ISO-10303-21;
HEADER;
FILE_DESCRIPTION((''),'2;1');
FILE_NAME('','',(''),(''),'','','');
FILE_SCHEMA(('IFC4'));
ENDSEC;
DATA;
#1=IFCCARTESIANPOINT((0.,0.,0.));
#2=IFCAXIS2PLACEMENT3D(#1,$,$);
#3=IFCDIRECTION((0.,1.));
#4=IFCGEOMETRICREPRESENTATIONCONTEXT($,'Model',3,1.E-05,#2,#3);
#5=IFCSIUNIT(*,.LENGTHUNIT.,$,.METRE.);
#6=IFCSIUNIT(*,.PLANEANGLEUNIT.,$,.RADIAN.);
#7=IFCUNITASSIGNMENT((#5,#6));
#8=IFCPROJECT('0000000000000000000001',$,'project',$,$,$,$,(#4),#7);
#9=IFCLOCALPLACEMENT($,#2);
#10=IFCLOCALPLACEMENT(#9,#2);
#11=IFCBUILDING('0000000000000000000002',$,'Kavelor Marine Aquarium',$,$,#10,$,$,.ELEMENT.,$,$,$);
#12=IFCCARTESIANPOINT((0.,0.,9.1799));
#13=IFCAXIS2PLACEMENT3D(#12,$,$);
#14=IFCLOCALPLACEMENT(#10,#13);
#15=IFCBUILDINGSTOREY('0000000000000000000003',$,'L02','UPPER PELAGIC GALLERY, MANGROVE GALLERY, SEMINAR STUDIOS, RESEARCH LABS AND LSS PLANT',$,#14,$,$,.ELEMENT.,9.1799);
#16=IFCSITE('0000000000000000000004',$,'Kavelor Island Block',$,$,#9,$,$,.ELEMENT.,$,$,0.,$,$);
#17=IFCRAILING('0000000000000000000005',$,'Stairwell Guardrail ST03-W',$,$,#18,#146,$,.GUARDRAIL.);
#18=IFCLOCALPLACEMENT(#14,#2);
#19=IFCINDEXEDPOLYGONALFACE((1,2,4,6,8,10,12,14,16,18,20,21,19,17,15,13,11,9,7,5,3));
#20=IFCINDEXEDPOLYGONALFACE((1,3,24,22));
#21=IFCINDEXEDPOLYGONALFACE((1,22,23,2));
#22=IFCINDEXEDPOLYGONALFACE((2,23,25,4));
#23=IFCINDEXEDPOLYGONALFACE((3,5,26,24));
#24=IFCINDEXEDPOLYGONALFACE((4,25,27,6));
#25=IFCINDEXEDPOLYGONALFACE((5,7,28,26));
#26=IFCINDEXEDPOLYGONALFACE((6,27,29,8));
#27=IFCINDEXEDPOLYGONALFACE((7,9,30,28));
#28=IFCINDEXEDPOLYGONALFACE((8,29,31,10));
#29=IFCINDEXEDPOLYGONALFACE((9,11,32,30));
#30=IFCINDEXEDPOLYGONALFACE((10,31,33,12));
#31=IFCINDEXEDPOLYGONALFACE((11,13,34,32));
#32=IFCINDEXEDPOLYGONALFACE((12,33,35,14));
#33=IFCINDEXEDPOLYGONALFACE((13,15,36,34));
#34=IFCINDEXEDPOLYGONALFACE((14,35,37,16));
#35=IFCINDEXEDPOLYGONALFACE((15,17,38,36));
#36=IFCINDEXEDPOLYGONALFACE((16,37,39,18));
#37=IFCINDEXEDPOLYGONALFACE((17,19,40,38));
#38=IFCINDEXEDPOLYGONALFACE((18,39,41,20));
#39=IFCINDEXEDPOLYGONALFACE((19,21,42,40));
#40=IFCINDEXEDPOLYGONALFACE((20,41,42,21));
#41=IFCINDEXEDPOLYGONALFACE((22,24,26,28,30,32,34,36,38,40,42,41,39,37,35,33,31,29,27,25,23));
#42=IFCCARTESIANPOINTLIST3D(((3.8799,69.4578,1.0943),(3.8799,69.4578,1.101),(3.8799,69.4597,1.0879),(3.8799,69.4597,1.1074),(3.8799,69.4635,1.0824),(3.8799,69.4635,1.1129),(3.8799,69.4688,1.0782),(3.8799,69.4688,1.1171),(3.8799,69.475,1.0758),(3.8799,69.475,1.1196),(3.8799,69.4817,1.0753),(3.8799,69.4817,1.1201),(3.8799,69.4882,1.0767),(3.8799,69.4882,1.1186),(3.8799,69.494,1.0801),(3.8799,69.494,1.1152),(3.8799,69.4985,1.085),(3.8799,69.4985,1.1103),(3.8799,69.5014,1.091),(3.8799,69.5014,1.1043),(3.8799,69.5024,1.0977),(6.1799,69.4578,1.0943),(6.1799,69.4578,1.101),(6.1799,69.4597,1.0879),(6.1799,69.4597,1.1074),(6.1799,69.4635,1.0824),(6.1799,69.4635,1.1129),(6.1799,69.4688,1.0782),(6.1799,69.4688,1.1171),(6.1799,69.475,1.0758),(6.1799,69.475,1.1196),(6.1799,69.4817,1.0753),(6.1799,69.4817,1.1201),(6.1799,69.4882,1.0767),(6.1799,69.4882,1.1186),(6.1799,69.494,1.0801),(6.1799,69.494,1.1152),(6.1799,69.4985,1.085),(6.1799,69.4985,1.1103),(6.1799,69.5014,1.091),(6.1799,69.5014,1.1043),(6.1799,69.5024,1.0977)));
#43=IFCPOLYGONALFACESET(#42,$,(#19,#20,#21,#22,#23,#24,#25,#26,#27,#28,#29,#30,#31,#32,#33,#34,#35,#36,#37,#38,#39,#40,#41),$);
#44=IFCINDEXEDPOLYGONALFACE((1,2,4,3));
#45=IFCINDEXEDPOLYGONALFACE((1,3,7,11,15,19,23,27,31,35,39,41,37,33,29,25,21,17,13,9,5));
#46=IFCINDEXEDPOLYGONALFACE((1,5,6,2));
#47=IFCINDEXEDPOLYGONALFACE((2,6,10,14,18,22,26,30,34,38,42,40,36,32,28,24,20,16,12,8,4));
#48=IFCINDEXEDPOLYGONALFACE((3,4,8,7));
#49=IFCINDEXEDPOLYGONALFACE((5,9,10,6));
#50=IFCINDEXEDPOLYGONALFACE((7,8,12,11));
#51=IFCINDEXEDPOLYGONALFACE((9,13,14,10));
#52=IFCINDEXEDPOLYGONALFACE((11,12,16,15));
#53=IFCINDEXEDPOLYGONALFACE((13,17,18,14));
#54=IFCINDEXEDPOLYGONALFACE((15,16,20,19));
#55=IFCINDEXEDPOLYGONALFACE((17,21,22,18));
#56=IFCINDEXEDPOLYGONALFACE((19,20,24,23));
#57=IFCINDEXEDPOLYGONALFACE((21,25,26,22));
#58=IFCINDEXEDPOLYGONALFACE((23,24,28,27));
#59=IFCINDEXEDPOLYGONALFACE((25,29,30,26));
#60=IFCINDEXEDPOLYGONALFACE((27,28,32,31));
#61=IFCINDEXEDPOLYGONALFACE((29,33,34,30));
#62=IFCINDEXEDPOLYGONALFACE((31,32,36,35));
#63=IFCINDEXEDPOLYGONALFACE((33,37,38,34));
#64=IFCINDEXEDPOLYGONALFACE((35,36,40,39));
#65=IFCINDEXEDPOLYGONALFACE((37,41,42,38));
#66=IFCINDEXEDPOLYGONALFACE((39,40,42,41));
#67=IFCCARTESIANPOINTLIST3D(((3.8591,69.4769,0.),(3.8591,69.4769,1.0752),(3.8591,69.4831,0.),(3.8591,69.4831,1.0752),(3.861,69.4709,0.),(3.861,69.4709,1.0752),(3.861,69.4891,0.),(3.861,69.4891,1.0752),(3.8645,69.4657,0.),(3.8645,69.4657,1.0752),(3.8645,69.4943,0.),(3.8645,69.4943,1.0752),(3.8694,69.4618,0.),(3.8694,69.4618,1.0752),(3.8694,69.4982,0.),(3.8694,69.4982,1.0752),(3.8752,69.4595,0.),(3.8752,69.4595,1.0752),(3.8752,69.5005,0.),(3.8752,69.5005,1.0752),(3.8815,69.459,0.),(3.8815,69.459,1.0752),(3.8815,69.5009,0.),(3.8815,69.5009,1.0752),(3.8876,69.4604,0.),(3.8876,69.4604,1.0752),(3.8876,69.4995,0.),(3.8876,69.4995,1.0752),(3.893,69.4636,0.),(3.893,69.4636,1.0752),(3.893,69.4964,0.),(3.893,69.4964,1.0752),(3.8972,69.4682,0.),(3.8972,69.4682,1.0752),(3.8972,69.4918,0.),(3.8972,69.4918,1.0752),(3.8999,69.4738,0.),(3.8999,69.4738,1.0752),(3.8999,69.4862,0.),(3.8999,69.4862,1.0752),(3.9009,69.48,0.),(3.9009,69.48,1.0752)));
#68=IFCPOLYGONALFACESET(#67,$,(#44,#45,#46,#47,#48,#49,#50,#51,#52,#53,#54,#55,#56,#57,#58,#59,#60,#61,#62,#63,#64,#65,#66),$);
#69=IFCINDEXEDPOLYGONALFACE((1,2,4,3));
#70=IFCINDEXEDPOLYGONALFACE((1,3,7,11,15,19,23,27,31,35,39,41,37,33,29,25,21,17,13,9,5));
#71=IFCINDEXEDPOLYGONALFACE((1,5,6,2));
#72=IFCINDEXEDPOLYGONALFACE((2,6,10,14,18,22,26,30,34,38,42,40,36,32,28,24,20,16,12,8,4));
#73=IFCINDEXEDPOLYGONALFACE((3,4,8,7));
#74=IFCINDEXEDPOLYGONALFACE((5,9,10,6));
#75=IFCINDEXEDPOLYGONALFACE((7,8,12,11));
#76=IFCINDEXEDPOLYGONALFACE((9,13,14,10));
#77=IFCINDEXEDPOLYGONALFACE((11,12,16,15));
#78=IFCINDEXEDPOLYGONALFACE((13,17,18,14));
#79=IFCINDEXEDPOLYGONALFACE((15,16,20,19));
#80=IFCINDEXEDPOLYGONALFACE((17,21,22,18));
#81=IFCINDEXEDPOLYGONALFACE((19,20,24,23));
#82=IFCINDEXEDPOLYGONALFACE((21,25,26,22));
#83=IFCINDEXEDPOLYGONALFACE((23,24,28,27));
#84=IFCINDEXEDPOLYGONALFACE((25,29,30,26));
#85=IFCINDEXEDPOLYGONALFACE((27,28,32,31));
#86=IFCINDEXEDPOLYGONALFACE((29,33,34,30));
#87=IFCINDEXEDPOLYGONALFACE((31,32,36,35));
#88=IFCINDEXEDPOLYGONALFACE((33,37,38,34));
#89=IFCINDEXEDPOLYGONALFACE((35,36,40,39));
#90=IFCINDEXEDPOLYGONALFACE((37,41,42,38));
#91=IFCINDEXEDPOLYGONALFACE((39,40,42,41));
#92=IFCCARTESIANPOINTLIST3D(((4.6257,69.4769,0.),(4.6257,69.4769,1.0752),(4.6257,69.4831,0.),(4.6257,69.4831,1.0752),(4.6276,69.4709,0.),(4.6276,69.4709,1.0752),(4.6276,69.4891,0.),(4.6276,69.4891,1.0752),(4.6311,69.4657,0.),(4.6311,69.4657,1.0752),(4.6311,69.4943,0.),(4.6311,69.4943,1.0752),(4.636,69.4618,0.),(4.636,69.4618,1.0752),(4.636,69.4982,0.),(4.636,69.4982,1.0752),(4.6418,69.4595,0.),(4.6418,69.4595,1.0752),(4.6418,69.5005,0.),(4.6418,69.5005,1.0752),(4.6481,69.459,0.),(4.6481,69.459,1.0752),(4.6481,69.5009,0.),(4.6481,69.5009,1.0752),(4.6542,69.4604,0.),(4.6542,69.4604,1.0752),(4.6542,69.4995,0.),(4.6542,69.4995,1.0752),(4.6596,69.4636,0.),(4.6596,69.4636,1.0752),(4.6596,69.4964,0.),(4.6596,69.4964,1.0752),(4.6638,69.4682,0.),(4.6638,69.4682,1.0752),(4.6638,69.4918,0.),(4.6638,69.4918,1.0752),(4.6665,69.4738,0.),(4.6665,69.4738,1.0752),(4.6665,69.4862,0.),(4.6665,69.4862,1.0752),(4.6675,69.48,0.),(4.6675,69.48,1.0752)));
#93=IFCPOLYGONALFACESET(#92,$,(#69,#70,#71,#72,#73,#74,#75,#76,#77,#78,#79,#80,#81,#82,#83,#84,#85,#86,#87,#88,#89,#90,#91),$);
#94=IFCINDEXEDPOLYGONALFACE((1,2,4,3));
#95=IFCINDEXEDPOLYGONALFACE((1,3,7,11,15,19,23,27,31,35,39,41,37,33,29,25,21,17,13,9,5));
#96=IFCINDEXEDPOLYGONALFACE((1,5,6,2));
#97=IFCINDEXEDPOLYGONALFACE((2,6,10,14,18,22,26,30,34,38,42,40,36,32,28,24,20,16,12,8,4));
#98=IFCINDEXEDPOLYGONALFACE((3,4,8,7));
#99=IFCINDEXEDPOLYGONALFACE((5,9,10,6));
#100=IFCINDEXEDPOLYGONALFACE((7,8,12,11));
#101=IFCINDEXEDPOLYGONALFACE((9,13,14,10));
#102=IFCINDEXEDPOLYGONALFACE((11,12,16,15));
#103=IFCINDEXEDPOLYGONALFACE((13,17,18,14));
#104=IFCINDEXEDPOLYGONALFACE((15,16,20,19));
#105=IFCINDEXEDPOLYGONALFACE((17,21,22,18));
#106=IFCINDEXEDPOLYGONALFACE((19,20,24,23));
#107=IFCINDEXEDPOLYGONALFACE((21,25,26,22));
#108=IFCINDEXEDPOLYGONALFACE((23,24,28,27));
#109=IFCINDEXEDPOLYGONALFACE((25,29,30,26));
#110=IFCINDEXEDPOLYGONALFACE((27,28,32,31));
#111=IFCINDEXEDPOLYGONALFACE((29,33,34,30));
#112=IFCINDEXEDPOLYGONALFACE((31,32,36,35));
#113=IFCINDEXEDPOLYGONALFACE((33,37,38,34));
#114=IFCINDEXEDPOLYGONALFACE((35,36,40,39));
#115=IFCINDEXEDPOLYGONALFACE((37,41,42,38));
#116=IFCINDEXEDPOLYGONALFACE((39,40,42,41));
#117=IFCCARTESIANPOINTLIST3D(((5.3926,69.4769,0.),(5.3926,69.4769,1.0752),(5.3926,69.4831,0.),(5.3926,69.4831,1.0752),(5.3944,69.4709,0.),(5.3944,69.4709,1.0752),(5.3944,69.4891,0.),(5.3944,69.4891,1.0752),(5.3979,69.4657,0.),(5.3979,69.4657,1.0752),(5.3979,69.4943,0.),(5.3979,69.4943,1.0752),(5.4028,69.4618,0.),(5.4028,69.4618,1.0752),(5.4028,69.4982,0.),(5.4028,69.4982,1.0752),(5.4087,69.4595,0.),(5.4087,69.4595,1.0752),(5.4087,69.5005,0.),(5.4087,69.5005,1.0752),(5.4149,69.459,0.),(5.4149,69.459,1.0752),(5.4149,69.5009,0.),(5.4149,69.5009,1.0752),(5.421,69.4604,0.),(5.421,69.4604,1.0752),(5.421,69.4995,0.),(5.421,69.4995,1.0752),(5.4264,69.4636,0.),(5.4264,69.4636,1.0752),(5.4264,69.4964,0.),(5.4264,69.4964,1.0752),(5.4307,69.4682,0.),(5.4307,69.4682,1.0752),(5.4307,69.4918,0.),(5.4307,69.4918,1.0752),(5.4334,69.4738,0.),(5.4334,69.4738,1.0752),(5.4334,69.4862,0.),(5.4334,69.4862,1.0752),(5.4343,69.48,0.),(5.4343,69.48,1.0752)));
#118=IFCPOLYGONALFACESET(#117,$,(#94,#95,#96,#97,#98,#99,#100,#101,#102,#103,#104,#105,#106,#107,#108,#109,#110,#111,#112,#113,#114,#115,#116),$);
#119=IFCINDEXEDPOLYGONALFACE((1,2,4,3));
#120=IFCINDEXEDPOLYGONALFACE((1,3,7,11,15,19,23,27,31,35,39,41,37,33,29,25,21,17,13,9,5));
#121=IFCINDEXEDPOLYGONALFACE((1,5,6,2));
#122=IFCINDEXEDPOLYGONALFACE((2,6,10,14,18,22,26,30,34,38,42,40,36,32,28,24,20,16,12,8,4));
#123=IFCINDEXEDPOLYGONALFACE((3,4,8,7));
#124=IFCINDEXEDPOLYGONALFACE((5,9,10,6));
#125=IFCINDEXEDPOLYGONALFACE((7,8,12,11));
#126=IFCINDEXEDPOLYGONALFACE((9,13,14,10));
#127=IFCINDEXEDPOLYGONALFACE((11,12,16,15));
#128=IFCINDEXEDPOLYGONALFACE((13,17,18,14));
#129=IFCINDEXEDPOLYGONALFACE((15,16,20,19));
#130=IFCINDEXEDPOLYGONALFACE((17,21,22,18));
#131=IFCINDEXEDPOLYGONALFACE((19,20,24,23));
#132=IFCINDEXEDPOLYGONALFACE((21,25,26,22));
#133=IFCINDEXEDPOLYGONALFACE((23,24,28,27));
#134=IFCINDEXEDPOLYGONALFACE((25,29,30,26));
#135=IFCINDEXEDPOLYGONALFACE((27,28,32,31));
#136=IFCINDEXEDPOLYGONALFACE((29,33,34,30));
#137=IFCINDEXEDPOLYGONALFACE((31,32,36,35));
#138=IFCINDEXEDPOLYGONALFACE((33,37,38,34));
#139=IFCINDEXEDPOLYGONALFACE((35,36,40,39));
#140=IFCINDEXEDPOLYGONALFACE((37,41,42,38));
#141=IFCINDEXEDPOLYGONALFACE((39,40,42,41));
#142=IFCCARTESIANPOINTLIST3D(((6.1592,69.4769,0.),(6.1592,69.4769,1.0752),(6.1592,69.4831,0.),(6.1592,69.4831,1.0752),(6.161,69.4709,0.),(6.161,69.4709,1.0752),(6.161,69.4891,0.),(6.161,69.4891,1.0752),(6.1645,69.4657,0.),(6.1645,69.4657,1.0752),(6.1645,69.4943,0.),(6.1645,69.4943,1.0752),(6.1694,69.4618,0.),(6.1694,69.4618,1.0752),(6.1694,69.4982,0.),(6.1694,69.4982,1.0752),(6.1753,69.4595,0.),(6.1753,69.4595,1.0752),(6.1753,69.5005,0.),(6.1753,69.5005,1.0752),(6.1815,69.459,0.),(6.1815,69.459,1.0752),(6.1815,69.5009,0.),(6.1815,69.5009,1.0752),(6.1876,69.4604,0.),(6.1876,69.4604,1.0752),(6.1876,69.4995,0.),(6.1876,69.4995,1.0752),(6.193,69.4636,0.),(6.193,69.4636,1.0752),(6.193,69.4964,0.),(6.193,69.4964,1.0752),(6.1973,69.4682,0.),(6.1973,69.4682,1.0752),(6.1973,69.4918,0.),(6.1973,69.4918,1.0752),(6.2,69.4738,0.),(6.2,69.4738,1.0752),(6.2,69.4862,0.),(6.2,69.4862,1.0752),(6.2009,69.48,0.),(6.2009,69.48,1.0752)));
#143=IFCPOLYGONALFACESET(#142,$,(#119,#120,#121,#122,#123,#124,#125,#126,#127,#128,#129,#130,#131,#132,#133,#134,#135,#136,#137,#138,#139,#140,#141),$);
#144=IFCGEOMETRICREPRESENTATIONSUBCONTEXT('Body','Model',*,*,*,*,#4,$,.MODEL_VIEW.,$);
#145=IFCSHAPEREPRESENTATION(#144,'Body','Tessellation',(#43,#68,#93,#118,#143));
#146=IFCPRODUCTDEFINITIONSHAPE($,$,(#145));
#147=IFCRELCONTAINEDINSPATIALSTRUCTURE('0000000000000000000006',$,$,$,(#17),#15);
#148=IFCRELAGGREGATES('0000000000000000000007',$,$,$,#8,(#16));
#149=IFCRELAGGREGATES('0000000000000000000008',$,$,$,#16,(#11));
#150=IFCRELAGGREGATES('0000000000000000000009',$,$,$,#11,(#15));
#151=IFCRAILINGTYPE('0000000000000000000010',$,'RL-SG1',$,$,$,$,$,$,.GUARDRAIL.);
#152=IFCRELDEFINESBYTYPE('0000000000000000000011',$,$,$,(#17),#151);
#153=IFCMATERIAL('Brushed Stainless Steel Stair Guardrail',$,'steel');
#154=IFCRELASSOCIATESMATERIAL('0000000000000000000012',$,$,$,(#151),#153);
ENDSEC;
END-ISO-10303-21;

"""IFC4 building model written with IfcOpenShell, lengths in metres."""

from ifc_helpers import new_model, si_unit, direction, frame, origin, origin_2d, place, context, subcontext, project, spatial, circle, extrude, material, type_object, element, save


model = new_model("IFC4")

# Units and contexts
model_context = context("Model", 3, precision=1e-05, world=origin(), true_north=direction((0.0, 1.0)))
body_context = subcontext(model_context, "Body", "Model", "MODEL_VIEW")
ifc_project = project(units=[si_unit("LENGTHUNIT", "METRE"), si_unit("PLANEANGLEUNIT", "RADIAN")], contexts=[model_context])

# Site, building, storey
site_placement = place(None, origin())
site = spatial("IfcSite", under=ifc_project, at=site_placement, Name="Kavelor Island Block", CompositionType="ELEMENT", RefElevation=0.0)
building_placement = place(site_placement, origin())
building = spatial("IfcBuilding", under=site, at=building_placement, Name="Kavelor Marine Aquarium", CompositionType="ELEMENT")
storey_placement = place(building_placement, frame((0.0, 0.0, 9.1799)))
storey = spatial("IfcBuildingStorey", under=building, at=storey_placement, Name="L02", Description="UPPER PELAGIC GALLERY, MANGROVE GALLERY, SEMINAR STUDIOS, RESEARCH LABS AND LSS PLANT", CompositionType="ELEMENT", Elevation=9.1799)

# Railing
ifc_material_1 = material(Name="Brushed Stainless Steel Stair Guardrail", Category="steel")
railing_type_1 = type_object("IfcRailingType", Name="RL-SG1", PredefinedType="GUARDRAIL", material=ifc_material_1)
railing_1_placement = place(storey_placement, frame((3.8799, 69.48, 0.0)))
element("IfcRailing", 1, at=railing_1_placement, inside=storey, type_object=railing_type_1, Name="Stairwell Guardrail ST03-W", PredefinedType="GUARDRAIL", context=body_context, shape_type="SweptSolid", body=[
    extrude(circle(Radius=0.0225, at=origin_2d()), frame((0.0, 0.0, 1.0977), z_axis=(1.0, 0.0, 0.0), x_axis=(0.0, 1.0, 0.0)), (0.0, 0.0, 1.0), 2.3),
    extrude(circle(Radius=0.021, at=origin_2d()), origin(), (0.0, 0.0, 1.0), 1.0752),
    extrude(circle(Radius=0.021, at=origin_2d()), frame((0.7666, 0.0, 0.0)), (0.0, 0.0, 1.0), 1.0752),
    extrude(circle(Radius=0.021, at=origin_2d()), frame((1.5334, 0.0, 0.0)), (0.0, 0.0, 1.0), 1.0752),
    extrude(circle(Radius=0.021, at=origin_2d()), frame((2.3, 0.0, 0.0)), (0.0, 0.0, 1.0), 1.0752),
])

save(model, "model.ifc")
